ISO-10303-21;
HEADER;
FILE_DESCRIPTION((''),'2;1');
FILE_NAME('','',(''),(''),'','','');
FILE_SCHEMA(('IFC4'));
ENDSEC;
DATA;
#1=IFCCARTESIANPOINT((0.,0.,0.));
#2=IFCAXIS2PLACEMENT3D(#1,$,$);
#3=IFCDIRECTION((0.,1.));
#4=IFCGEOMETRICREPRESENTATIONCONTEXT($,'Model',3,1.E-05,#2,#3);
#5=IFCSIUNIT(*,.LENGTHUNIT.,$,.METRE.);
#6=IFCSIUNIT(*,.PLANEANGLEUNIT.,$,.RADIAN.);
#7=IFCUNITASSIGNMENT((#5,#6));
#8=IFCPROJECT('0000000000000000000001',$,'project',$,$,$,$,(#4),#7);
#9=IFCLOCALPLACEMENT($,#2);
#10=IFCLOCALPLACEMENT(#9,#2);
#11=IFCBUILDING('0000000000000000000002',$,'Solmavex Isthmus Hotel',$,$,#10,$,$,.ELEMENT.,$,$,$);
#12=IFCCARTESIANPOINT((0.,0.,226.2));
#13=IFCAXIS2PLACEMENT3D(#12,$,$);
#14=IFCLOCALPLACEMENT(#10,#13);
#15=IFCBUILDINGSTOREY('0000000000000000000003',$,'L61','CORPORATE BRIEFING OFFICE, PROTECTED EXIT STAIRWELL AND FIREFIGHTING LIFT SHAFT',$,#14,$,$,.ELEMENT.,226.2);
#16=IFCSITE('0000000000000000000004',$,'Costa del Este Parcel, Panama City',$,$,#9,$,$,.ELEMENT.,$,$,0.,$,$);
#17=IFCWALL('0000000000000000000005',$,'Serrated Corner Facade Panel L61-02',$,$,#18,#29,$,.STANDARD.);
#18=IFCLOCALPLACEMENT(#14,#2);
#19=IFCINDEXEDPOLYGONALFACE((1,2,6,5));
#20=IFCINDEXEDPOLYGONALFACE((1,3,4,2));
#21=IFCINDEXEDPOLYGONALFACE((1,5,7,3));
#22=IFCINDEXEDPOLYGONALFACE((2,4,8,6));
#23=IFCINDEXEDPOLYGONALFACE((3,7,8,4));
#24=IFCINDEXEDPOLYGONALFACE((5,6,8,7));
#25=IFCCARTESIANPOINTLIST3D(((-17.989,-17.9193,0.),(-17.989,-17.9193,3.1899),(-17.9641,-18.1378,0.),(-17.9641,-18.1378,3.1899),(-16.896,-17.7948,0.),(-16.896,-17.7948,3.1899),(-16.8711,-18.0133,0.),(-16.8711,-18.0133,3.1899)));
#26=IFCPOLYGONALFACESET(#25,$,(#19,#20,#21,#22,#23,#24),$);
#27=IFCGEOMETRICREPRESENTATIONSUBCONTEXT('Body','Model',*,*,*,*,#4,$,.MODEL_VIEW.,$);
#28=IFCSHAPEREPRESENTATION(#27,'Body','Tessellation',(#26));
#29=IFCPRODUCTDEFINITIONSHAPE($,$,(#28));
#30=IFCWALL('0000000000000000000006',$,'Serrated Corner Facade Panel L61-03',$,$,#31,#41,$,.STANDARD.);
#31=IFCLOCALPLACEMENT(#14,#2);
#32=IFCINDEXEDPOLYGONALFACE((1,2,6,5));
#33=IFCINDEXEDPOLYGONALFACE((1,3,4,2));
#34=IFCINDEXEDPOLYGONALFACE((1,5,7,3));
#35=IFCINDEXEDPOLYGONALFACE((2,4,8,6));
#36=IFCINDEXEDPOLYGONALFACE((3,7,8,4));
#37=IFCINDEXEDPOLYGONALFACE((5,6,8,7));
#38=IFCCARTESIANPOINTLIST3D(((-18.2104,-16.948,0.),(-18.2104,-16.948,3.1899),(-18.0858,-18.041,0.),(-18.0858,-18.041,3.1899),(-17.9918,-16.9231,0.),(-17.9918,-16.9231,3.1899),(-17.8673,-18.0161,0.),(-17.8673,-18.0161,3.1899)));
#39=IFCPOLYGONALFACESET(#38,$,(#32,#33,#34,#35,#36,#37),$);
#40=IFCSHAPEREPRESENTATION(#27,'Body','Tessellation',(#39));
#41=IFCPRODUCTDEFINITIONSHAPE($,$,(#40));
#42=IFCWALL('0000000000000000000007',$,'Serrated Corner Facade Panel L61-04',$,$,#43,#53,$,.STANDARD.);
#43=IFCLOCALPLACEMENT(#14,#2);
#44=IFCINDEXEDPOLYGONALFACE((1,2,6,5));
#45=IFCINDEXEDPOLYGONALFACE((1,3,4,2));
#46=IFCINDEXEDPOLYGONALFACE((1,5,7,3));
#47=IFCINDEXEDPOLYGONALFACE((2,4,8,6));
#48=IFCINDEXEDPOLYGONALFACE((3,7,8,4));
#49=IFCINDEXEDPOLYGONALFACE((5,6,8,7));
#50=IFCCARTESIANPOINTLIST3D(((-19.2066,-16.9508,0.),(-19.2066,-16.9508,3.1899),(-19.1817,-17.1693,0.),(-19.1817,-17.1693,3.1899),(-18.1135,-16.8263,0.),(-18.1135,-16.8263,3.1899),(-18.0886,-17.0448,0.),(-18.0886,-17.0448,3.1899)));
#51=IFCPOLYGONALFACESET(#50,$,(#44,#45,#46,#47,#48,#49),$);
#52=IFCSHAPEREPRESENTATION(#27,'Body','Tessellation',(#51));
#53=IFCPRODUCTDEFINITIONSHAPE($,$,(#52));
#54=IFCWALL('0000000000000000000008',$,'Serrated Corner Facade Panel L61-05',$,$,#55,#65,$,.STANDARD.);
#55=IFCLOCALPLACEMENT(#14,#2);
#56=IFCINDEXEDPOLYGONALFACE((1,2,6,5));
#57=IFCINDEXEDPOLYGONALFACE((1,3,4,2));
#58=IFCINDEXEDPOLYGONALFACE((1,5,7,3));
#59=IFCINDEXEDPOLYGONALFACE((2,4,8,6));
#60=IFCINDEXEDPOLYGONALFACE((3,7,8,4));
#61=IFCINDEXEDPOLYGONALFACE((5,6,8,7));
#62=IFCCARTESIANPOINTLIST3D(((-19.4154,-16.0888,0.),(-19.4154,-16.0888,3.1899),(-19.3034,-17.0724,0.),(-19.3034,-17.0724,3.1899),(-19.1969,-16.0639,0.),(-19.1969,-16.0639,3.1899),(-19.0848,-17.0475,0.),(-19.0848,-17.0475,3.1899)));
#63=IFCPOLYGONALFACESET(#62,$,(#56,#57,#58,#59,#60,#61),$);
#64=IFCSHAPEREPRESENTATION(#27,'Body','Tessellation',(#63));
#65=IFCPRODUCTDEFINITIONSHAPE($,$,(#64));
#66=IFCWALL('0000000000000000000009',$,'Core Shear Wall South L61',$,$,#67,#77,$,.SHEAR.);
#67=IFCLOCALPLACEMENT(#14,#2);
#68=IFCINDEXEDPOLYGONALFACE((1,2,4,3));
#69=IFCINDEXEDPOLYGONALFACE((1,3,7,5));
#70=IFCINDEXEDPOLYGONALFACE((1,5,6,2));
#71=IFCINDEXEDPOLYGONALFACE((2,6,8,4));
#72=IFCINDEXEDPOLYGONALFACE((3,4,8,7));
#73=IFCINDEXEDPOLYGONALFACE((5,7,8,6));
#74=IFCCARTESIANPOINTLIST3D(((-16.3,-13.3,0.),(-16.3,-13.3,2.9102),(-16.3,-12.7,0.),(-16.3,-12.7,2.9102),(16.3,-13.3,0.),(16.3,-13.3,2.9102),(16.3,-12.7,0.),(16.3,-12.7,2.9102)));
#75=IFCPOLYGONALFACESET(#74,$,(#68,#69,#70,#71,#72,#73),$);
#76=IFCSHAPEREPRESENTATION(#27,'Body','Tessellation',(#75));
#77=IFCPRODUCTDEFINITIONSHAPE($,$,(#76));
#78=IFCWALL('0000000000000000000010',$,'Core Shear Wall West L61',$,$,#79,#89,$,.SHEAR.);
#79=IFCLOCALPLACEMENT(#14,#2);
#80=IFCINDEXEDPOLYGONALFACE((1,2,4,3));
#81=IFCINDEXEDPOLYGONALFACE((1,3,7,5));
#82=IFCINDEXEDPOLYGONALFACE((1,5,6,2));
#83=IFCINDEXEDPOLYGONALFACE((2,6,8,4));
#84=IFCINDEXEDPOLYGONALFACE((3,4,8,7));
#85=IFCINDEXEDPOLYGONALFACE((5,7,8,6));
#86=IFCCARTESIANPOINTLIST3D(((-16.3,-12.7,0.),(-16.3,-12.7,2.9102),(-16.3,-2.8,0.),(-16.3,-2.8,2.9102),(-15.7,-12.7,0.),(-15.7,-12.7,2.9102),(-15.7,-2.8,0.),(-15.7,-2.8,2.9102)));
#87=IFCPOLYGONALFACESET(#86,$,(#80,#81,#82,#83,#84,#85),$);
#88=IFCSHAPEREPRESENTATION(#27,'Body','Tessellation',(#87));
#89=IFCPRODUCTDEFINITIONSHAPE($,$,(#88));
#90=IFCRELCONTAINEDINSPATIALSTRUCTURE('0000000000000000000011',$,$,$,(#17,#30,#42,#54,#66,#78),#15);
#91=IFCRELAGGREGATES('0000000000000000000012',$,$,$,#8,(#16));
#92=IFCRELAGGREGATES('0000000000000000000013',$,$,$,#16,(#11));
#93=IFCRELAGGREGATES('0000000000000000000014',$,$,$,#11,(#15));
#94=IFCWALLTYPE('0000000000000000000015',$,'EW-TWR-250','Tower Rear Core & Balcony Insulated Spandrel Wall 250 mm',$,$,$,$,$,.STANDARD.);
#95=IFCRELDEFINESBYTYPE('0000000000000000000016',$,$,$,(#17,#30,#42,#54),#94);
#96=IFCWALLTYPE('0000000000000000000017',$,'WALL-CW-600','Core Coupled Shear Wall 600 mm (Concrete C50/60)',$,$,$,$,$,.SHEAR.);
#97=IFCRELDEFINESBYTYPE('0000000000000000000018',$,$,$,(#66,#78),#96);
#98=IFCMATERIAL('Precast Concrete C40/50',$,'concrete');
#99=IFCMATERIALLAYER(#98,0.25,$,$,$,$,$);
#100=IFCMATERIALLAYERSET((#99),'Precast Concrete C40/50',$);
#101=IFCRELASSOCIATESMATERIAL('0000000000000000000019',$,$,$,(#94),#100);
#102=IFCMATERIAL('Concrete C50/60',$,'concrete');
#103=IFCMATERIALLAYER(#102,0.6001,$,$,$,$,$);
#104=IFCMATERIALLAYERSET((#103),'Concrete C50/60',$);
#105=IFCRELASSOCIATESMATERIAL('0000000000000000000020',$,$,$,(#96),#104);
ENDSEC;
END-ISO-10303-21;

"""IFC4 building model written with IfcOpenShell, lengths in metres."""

from ifc_helpers import new_model, si_unit, direction, frame, frame_2d, origin, place, context, subcontext, project, spatial, rectangle, extrude, material, layer, layer_set, type_object, element, save


model = new_model("IFC4")

# Units and contexts
model_context = context("Model", 3, precision=1e-05, world=origin(), true_north=direction((0.0, 1.0)))
body_context = subcontext(model_context, "Body", "Model", "MODEL_VIEW")
ifc_project = project(units=[si_unit("LENGTHUNIT", "METRE"), si_unit("PLANEANGLEUNIT", "RADIAN")], contexts=[model_context])

# Site, building, storey
site_placement = place(None, origin())
site = spatial("IfcSite", under=ifc_project, at=site_placement, Name="Costa del Este Parcel, Panama City", CompositionType="ELEMENT", RefElevation=0.0)
building_placement = place(site_placement, origin())
building = spatial("IfcBuilding", under=site, at=building_placement, Name="Solmavex Isthmus Hotel", CompositionType="ELEMENT")
storey_placement = place(building_placement, frame((0.0, 0.0, 226.2)))
storey = spatial("IfcBuildingStorey", under=building, at=storey_placement, Name="L61", Description="CORPORATE BRIEFING OFFICE, PROTECTED EXIT STAIRWELL AND FIREFIGHTING LIFT SHAFT", CompositionType="ELEMENT", Elevation=226.2)

# Shared definitions
ifc_material_1 = material(Name="Concrete C50/60", Category="concrete")

# Shared definitions
ifc_material_2 = material(Name="Precast Concrete C40/50", Category="concrete")
ifc_layer_1 = layer(ifc_material_2, 0.25)
ifc_layer_set_1 = layer_set([ifc_layer_1], Name="Precast Concrete C40/50")
wall_type_1 = type_object("IfcWallType", Name="EW-TWR-250", Description="Tower Rear Core & Balcony Insulated Spandrel Wall 250 mm", PredefinedType="STANDARD", material=ifc_layer_set_1)

# Walls
for number, where, z_axis, x_axis, name in (
    (1, (-16.8835, -17.9041, 0.0), (0.0, 0.0, 1.0), (-0.993574, -0.113184, 0.0), "Serrated Corner Facade Panel L61-02"),
    (2, (-17.9766, -18.0286, 0.0), (0.0, 0.0, 1.0), (-0.113184, 0.993574, 0.0), "Serrated Corner Facade Panel L61-03"),
    (3, (-18.1011, -16.9355, 0.0), (0.0, 0.0, 1.0), (-0.993574, -0.113184, 0.0), "Serrated Corner Facade Panel L61-04"),
):
    element("IfcWall", number, at=place(storey_placement, frame(where, z_axis=z_axis, x_axis=x_axis)), inside=storey, type_object=wall_type_1, Name=name, PredefinedType="STANDARD", context=body_context, shape_type="SweptSolid", body=[
        extrude(rectangle(XDim=1.1001, YDim=0.22, at=frame_2d((0.55, 0.0))), origin(), (0.0, 0.0, 1.0), 3.1899),
    ])
wall_1_placement = place(storey_placement, frame((-19.1941, -17.0601, 0.0), z_axis=(0.0, 0.0, 1.0), x_axis=(-0.113192, 0.993573, 0.0)))
element("IfcWall", 4, at=wall_1_placement, inside=storey, type_object=wall_type_1, Name="Serrated Corner Facade Panel L61-05", PredefinedType="STANDARD", context=body_context, shape_type="SweptSolid", body=[
    extrude(rectangle(XDim=0.99, YDim=0.22, at=frame_2d((0.4951, 0.0))), origin(), (0.0, 0.0, 1.0), 3.1899),
])

# Walls
ifc_layer_2 = layer(ifc_material_1, 0.6001)
ifc_layer_set_2 = layer_set([ifc_layer_2], Name="Concrete C50/60")
wall_type_2 = type_object("IfcWallType", Name="WALL-CW-600", Description="Core Coupled Shear Wall 600 mm (Concrete C50/60)", PredefinedType="SHEAR", material=ifc_layer_set_2)
wall_2_placement = place(storey_placement, frame((-16.3, -13.0, 0.0), z_axis=(0.0, 0.0, 1.0), x_axis=(1.0, 0.0, 0.0)))
element("IfcWall", 5, at=wall_2_placement, inside=storey, type_object=wall_type_2, Name="Core Shear Wall South L61", PredefinedType="SHEAR", context=body_context, shape_type="SweptSolid", body=[
    extrude(rectangle(XDim=32.6001, YDim=0.6001, at=frame_2d((16.3, 0.0))), origin(), (0.0, 0.0, 1.0), 2.9102),
])
wall_3_placement = place(storey_placement, frame((-16.0, -12.7, 0.0), z_axis=(0.0, 0.0, 1.0), x_axis=(0.0, 1.0, 0.0)))
element("IfcWall", 6, at=wall_3_placement, inside=storey, type_object=wall_type_2, Name="Core Shear Wall West L61", PredefinedType="SHEAR", context=body_context, shape_type="SweptSolid", body=[
    extrude(rectangle(XDim=9.8999, YDim=0.6001, at=frame_2d((4.95, 0.0))), origin(), (0.0, 0.0, 1.0), 2.9102),
])

save(model, "model.ifc")
